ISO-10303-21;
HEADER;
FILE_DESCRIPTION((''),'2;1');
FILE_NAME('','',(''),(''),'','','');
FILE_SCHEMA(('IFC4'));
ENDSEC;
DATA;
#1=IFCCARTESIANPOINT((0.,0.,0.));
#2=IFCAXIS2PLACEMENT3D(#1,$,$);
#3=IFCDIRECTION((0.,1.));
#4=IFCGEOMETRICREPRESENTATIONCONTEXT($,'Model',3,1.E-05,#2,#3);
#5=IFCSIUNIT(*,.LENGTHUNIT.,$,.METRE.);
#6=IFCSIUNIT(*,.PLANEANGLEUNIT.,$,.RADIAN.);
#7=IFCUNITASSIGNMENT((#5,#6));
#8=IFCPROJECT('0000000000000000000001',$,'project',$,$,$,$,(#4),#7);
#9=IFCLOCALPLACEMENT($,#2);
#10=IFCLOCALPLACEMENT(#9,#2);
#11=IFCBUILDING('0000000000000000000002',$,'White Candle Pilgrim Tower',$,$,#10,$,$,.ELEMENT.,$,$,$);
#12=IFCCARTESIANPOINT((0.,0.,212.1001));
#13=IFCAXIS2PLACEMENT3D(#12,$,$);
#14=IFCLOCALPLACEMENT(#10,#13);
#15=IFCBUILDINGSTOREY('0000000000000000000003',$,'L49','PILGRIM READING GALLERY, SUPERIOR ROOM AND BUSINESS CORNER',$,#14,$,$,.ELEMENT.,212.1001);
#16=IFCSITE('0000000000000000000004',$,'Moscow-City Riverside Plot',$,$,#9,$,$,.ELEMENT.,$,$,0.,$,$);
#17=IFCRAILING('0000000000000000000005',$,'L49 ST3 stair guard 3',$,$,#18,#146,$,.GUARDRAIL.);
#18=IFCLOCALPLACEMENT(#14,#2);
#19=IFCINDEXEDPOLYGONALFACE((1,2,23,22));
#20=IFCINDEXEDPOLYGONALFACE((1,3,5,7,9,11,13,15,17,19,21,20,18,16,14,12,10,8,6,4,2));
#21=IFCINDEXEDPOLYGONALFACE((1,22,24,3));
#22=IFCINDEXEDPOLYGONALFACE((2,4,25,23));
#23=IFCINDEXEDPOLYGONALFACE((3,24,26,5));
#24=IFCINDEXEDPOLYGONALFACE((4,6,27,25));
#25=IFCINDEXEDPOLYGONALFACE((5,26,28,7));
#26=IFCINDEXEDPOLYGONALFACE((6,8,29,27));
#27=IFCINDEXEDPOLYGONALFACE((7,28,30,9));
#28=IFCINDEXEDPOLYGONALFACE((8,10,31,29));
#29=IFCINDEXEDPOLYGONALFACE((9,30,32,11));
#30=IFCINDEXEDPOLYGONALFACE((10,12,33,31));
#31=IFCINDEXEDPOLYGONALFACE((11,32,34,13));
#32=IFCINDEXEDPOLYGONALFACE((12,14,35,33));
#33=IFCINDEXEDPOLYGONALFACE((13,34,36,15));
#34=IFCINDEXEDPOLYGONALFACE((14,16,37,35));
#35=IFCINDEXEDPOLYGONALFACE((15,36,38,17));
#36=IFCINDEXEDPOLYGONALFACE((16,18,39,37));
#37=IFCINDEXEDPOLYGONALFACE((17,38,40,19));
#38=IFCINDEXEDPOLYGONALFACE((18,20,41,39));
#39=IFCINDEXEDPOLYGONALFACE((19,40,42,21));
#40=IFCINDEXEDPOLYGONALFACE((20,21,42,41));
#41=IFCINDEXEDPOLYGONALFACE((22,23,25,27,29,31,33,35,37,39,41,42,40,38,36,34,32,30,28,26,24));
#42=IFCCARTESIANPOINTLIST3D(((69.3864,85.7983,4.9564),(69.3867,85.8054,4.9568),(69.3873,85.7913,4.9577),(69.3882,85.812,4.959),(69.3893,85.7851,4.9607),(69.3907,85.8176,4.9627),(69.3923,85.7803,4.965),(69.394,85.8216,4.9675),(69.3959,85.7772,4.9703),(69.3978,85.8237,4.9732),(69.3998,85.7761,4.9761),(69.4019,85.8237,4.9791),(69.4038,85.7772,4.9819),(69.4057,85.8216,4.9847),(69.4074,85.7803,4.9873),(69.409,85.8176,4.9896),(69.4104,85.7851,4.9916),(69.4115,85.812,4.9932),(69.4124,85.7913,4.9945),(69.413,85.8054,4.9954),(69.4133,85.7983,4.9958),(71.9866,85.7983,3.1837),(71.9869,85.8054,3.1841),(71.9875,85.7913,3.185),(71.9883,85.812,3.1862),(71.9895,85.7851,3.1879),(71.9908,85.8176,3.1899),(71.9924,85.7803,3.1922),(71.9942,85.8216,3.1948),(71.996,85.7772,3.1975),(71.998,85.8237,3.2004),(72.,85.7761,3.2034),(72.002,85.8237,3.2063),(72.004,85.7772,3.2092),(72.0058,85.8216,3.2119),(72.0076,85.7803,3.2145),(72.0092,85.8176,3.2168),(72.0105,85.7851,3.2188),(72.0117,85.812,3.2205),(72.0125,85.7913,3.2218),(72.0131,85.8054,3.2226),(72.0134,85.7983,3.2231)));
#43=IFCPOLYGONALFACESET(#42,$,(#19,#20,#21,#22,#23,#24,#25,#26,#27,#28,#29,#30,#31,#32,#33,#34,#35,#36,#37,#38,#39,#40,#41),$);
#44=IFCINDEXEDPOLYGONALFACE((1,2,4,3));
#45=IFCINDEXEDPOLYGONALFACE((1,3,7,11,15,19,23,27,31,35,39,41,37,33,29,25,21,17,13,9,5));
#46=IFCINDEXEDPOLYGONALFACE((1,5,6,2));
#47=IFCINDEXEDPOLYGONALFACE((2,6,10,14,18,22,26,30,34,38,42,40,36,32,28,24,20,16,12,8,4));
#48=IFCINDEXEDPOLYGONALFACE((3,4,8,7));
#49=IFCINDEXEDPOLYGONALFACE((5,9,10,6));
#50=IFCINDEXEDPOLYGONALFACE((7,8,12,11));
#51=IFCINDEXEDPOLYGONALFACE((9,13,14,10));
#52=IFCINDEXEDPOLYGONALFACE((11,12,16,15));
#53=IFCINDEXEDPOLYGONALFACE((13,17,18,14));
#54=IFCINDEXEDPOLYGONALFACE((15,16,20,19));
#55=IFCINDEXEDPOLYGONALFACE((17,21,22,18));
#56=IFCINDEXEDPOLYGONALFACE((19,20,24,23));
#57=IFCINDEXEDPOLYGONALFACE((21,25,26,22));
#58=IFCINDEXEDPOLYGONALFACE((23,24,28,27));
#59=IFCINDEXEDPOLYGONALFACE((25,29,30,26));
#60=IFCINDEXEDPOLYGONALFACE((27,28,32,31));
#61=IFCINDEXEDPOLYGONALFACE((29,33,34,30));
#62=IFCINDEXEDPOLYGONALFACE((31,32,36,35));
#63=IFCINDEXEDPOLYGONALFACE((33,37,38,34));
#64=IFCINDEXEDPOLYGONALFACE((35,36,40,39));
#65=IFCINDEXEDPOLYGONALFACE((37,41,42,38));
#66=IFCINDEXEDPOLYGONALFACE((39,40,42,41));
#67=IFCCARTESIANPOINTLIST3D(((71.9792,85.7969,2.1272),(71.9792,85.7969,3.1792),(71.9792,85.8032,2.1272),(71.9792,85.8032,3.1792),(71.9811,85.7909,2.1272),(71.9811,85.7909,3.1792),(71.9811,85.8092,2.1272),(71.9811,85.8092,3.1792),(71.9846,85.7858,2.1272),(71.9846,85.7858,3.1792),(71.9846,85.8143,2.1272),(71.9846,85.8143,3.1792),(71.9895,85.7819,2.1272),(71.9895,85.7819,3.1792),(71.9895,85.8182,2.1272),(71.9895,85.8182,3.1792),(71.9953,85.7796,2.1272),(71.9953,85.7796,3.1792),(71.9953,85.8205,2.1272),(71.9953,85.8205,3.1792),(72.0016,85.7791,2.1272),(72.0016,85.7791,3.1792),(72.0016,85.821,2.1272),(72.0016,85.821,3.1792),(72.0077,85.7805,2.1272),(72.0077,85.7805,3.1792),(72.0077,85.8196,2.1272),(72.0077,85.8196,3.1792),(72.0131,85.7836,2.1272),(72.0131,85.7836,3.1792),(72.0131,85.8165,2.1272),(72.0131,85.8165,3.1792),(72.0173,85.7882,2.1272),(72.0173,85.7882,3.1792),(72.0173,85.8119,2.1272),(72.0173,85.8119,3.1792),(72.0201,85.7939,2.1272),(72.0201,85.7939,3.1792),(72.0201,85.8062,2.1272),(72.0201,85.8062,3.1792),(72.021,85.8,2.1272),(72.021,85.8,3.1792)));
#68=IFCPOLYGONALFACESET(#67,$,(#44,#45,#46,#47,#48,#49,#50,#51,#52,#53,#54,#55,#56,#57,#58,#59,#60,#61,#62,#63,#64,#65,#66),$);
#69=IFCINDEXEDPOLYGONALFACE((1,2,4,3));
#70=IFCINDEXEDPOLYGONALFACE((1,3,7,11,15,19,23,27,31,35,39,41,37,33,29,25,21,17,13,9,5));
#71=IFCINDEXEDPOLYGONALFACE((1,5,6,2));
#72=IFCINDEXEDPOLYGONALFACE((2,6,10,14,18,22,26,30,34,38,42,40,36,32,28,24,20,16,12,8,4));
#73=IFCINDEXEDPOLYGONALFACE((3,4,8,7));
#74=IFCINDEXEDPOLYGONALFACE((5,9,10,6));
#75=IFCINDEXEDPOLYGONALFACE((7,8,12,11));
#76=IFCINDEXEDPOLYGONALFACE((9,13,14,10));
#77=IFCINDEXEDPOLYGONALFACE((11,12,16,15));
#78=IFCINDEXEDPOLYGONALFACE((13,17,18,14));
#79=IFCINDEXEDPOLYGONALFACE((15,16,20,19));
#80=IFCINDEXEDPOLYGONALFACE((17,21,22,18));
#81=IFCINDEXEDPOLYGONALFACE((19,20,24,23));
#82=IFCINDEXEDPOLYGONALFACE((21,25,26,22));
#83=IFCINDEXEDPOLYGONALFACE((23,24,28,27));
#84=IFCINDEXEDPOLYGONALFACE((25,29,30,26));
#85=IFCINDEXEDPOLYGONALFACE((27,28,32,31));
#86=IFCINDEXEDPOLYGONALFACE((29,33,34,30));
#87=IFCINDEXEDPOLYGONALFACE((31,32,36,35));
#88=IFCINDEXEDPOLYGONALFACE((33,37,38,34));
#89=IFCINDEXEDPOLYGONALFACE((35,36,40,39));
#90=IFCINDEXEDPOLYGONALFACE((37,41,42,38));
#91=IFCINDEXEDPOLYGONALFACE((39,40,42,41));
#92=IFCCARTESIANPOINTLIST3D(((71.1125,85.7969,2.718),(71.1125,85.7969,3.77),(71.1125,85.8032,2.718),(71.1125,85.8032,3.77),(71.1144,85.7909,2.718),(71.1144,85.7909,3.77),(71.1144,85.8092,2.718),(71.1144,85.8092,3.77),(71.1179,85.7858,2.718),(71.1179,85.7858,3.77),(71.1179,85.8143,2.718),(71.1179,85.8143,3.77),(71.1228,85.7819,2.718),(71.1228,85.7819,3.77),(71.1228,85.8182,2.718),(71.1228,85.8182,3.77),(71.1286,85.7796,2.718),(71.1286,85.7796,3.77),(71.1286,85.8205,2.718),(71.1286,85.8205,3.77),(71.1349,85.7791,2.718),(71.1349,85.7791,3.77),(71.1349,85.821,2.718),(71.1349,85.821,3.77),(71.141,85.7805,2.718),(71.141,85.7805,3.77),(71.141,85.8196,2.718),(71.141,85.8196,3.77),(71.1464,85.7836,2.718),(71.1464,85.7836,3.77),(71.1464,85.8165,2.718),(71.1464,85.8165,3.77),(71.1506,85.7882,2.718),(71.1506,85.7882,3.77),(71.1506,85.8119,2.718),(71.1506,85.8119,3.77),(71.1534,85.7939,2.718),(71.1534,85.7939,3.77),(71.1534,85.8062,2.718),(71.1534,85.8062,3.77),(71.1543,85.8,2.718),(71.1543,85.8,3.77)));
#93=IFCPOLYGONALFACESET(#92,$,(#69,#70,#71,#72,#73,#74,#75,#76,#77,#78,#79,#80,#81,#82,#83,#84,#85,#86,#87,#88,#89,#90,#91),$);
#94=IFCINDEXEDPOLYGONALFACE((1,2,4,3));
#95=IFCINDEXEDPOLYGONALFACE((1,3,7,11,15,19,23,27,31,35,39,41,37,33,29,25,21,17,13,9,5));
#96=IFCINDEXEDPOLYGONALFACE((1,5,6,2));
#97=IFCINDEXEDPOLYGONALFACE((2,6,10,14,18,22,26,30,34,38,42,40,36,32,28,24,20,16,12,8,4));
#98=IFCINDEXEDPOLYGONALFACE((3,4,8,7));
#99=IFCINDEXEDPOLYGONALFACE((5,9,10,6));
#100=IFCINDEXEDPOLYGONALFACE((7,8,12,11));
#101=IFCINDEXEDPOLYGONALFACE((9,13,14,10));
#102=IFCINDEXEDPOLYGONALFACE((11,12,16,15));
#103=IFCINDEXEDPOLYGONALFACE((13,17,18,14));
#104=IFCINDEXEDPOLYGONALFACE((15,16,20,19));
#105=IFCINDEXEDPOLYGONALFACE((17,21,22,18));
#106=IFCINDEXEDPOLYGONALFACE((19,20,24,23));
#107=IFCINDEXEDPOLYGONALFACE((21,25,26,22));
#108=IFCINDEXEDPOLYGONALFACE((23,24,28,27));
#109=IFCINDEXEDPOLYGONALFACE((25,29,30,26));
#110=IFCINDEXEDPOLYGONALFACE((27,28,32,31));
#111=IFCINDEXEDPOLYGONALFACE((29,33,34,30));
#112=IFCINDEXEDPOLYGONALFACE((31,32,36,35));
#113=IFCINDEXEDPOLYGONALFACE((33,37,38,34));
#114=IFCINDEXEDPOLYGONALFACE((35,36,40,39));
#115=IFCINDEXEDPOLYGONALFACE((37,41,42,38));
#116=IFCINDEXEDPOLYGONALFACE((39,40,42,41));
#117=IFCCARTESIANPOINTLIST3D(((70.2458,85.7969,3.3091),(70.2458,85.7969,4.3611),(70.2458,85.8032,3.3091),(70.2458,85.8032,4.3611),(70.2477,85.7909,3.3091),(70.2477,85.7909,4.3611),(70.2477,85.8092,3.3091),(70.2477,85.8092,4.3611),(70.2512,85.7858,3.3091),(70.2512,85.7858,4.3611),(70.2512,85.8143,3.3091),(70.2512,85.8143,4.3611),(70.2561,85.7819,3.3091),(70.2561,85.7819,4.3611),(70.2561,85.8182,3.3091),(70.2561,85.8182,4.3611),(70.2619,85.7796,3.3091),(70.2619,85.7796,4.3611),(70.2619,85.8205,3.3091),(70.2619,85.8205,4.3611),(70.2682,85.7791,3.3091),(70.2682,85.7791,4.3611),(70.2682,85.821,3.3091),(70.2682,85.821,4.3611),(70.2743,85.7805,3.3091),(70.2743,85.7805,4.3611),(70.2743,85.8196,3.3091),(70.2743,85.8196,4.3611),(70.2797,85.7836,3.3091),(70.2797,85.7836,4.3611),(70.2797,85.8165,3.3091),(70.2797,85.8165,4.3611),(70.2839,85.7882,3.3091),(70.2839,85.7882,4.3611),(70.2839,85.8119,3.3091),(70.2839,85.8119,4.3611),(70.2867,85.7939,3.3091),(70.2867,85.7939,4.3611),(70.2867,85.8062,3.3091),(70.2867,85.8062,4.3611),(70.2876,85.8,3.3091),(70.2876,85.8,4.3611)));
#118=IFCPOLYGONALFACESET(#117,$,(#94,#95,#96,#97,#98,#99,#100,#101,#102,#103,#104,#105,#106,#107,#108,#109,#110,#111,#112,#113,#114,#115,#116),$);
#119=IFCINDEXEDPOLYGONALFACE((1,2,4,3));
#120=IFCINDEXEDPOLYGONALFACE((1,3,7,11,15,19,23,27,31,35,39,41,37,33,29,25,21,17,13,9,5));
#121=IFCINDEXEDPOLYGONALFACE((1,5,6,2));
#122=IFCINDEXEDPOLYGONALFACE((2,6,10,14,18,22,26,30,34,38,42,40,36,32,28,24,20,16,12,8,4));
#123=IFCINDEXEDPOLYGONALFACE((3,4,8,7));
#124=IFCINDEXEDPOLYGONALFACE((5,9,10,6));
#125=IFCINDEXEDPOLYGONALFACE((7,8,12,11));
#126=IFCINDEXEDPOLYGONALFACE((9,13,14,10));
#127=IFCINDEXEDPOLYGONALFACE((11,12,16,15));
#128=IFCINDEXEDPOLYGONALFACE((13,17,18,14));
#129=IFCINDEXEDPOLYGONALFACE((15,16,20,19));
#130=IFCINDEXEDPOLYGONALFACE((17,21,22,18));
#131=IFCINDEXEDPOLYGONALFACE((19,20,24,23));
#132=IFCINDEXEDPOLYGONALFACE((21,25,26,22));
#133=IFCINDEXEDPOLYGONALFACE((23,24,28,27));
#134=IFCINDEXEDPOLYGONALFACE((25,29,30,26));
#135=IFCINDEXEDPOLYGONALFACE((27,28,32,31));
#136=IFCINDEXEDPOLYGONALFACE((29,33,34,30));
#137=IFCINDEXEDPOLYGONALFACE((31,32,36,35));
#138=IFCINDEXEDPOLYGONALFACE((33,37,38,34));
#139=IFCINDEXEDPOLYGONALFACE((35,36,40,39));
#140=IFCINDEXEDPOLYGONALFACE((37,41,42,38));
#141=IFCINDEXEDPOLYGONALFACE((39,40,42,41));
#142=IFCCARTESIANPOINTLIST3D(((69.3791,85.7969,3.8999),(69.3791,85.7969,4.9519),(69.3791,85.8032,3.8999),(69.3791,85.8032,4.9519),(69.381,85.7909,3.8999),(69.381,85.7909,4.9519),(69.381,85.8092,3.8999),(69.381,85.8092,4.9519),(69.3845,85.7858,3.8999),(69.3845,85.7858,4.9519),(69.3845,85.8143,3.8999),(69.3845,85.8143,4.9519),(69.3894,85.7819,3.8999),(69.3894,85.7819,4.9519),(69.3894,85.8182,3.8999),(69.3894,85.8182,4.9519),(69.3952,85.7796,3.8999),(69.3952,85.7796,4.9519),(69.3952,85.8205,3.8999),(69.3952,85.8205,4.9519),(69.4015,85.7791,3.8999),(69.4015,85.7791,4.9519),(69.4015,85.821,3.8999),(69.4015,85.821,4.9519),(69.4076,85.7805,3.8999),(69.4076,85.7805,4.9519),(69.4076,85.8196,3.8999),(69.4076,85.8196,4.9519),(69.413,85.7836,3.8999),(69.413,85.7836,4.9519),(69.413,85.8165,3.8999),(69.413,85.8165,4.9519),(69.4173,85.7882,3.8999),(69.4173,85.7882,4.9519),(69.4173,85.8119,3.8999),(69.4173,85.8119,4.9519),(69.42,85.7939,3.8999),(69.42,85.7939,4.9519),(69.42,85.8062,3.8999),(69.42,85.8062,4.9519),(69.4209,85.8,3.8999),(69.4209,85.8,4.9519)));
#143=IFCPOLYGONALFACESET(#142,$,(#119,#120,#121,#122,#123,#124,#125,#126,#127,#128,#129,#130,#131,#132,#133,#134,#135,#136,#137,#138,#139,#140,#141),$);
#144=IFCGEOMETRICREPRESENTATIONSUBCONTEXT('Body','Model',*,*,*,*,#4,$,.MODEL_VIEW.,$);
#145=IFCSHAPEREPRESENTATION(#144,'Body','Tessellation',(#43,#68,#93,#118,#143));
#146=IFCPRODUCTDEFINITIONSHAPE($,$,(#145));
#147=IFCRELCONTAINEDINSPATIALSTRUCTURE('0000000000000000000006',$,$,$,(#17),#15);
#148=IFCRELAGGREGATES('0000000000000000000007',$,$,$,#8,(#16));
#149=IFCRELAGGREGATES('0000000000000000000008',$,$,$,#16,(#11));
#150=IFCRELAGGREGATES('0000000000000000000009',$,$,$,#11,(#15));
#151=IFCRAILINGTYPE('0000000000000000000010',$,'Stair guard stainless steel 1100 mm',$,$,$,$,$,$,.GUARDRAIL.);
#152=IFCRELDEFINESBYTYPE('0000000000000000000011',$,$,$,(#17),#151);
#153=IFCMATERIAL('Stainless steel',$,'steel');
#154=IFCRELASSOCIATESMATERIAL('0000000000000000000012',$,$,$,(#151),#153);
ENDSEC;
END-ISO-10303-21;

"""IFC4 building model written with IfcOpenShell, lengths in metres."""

from ifc_helpers import new_model, si_unit, direction, frame, origin, origin_2d, place, context, subcontext, project, spatial, circle, extrude, material, type_object, element, save


model = new_model("IFC4")

# Units and contexts
model_context = context("Model", 3, precision=1e-05, world=origin(), true_north=direction((0.0, 1.0)))
body_context = subcontext(model_context, "Body", "Model", "MODEL_VIEW")
ifc_project = project(units=[si_unit("LENGTHUNIT", "METRE"), si_unit("PLANEANGLEUNIT", "RADIAN")], contexts=[model_context])

# Site, building, storey
site_placement = place(None, origin())
site = spatial("IfcSite", under=ifc_project, at=site_placement, Name="Moscow-City Riverside Plot", CompositionType="ELEMENT", RefElevation=0.0)
building_placement = place(site_placement, origin())
building = spatial("IfcBuilding", under=site, at=building_placement, Name="White Candle Pilgrim Tower", CompositionType="ELEMENT")
storey_placement = place(building_placement, frame((0.0, 0.0, 212.1001)))
storey = spatial("IfcBuildingStorey", under=building, at=storey_placement, Name="L49", Description="PILGRIM READING GALLERY, SUPERIOR ROOM AND BUSINESS CORNER", CompositionType="ELEMENT", Elevation=212.1001)

# Railing
ifc_material_1 = material(Name="Stainless steel", Category="steel")
railing_type_1 = type_object("IfcRailingType", Name="Stair guard stainless steel 1100 mm", PredefinedType="GUARDRAIL", material=ifc_material_1)
railing_1_placement = place(storey_placement, frame((72.0, 85.8, 2.1272)))
element("IfcRailing", 1, at=railing_1_placement, inside=storey, type_object=railing_type_1, Name="L49 ST3 stair guard 3", PredefinedType="GUARDRAIL", context=body_context, shape_type="SweptSolid", body=[
    extrude(circle(Radius=0.0239, at=origin_2d()), frame((0.0, 0.0, 1.0762), z_axis=(-0.82624, 0.0, 0.563318), x_axis=(0.0, -1.0, 0.0)), (0.0, 0.0, 1.0), 3.147),
    extrude(circle(Radius=0.021, at=origin_2d()), origin(), (0.0, 0.0, 1.0), 1.052),
    extrude(circle(Radius=0.021, at=origin_2d()), frame((-0.8667, 0.0, 0.5908)), (0.0, 0.0, 1.0), 1.052),
    extrude(circle(Radius=0.021, at=origin_2d()), frame((-1.7334, 0.0, 1.1819)), (0.0, 0.0, 1.0), 1.052),
    extrude(circle(Radius=0.021, at=origin_2d()), frame((-2.6001, 0.0, 1.7727)), (0.0, 0.0, 1.0), 1.052),
])

save(model, "model.ifc")
